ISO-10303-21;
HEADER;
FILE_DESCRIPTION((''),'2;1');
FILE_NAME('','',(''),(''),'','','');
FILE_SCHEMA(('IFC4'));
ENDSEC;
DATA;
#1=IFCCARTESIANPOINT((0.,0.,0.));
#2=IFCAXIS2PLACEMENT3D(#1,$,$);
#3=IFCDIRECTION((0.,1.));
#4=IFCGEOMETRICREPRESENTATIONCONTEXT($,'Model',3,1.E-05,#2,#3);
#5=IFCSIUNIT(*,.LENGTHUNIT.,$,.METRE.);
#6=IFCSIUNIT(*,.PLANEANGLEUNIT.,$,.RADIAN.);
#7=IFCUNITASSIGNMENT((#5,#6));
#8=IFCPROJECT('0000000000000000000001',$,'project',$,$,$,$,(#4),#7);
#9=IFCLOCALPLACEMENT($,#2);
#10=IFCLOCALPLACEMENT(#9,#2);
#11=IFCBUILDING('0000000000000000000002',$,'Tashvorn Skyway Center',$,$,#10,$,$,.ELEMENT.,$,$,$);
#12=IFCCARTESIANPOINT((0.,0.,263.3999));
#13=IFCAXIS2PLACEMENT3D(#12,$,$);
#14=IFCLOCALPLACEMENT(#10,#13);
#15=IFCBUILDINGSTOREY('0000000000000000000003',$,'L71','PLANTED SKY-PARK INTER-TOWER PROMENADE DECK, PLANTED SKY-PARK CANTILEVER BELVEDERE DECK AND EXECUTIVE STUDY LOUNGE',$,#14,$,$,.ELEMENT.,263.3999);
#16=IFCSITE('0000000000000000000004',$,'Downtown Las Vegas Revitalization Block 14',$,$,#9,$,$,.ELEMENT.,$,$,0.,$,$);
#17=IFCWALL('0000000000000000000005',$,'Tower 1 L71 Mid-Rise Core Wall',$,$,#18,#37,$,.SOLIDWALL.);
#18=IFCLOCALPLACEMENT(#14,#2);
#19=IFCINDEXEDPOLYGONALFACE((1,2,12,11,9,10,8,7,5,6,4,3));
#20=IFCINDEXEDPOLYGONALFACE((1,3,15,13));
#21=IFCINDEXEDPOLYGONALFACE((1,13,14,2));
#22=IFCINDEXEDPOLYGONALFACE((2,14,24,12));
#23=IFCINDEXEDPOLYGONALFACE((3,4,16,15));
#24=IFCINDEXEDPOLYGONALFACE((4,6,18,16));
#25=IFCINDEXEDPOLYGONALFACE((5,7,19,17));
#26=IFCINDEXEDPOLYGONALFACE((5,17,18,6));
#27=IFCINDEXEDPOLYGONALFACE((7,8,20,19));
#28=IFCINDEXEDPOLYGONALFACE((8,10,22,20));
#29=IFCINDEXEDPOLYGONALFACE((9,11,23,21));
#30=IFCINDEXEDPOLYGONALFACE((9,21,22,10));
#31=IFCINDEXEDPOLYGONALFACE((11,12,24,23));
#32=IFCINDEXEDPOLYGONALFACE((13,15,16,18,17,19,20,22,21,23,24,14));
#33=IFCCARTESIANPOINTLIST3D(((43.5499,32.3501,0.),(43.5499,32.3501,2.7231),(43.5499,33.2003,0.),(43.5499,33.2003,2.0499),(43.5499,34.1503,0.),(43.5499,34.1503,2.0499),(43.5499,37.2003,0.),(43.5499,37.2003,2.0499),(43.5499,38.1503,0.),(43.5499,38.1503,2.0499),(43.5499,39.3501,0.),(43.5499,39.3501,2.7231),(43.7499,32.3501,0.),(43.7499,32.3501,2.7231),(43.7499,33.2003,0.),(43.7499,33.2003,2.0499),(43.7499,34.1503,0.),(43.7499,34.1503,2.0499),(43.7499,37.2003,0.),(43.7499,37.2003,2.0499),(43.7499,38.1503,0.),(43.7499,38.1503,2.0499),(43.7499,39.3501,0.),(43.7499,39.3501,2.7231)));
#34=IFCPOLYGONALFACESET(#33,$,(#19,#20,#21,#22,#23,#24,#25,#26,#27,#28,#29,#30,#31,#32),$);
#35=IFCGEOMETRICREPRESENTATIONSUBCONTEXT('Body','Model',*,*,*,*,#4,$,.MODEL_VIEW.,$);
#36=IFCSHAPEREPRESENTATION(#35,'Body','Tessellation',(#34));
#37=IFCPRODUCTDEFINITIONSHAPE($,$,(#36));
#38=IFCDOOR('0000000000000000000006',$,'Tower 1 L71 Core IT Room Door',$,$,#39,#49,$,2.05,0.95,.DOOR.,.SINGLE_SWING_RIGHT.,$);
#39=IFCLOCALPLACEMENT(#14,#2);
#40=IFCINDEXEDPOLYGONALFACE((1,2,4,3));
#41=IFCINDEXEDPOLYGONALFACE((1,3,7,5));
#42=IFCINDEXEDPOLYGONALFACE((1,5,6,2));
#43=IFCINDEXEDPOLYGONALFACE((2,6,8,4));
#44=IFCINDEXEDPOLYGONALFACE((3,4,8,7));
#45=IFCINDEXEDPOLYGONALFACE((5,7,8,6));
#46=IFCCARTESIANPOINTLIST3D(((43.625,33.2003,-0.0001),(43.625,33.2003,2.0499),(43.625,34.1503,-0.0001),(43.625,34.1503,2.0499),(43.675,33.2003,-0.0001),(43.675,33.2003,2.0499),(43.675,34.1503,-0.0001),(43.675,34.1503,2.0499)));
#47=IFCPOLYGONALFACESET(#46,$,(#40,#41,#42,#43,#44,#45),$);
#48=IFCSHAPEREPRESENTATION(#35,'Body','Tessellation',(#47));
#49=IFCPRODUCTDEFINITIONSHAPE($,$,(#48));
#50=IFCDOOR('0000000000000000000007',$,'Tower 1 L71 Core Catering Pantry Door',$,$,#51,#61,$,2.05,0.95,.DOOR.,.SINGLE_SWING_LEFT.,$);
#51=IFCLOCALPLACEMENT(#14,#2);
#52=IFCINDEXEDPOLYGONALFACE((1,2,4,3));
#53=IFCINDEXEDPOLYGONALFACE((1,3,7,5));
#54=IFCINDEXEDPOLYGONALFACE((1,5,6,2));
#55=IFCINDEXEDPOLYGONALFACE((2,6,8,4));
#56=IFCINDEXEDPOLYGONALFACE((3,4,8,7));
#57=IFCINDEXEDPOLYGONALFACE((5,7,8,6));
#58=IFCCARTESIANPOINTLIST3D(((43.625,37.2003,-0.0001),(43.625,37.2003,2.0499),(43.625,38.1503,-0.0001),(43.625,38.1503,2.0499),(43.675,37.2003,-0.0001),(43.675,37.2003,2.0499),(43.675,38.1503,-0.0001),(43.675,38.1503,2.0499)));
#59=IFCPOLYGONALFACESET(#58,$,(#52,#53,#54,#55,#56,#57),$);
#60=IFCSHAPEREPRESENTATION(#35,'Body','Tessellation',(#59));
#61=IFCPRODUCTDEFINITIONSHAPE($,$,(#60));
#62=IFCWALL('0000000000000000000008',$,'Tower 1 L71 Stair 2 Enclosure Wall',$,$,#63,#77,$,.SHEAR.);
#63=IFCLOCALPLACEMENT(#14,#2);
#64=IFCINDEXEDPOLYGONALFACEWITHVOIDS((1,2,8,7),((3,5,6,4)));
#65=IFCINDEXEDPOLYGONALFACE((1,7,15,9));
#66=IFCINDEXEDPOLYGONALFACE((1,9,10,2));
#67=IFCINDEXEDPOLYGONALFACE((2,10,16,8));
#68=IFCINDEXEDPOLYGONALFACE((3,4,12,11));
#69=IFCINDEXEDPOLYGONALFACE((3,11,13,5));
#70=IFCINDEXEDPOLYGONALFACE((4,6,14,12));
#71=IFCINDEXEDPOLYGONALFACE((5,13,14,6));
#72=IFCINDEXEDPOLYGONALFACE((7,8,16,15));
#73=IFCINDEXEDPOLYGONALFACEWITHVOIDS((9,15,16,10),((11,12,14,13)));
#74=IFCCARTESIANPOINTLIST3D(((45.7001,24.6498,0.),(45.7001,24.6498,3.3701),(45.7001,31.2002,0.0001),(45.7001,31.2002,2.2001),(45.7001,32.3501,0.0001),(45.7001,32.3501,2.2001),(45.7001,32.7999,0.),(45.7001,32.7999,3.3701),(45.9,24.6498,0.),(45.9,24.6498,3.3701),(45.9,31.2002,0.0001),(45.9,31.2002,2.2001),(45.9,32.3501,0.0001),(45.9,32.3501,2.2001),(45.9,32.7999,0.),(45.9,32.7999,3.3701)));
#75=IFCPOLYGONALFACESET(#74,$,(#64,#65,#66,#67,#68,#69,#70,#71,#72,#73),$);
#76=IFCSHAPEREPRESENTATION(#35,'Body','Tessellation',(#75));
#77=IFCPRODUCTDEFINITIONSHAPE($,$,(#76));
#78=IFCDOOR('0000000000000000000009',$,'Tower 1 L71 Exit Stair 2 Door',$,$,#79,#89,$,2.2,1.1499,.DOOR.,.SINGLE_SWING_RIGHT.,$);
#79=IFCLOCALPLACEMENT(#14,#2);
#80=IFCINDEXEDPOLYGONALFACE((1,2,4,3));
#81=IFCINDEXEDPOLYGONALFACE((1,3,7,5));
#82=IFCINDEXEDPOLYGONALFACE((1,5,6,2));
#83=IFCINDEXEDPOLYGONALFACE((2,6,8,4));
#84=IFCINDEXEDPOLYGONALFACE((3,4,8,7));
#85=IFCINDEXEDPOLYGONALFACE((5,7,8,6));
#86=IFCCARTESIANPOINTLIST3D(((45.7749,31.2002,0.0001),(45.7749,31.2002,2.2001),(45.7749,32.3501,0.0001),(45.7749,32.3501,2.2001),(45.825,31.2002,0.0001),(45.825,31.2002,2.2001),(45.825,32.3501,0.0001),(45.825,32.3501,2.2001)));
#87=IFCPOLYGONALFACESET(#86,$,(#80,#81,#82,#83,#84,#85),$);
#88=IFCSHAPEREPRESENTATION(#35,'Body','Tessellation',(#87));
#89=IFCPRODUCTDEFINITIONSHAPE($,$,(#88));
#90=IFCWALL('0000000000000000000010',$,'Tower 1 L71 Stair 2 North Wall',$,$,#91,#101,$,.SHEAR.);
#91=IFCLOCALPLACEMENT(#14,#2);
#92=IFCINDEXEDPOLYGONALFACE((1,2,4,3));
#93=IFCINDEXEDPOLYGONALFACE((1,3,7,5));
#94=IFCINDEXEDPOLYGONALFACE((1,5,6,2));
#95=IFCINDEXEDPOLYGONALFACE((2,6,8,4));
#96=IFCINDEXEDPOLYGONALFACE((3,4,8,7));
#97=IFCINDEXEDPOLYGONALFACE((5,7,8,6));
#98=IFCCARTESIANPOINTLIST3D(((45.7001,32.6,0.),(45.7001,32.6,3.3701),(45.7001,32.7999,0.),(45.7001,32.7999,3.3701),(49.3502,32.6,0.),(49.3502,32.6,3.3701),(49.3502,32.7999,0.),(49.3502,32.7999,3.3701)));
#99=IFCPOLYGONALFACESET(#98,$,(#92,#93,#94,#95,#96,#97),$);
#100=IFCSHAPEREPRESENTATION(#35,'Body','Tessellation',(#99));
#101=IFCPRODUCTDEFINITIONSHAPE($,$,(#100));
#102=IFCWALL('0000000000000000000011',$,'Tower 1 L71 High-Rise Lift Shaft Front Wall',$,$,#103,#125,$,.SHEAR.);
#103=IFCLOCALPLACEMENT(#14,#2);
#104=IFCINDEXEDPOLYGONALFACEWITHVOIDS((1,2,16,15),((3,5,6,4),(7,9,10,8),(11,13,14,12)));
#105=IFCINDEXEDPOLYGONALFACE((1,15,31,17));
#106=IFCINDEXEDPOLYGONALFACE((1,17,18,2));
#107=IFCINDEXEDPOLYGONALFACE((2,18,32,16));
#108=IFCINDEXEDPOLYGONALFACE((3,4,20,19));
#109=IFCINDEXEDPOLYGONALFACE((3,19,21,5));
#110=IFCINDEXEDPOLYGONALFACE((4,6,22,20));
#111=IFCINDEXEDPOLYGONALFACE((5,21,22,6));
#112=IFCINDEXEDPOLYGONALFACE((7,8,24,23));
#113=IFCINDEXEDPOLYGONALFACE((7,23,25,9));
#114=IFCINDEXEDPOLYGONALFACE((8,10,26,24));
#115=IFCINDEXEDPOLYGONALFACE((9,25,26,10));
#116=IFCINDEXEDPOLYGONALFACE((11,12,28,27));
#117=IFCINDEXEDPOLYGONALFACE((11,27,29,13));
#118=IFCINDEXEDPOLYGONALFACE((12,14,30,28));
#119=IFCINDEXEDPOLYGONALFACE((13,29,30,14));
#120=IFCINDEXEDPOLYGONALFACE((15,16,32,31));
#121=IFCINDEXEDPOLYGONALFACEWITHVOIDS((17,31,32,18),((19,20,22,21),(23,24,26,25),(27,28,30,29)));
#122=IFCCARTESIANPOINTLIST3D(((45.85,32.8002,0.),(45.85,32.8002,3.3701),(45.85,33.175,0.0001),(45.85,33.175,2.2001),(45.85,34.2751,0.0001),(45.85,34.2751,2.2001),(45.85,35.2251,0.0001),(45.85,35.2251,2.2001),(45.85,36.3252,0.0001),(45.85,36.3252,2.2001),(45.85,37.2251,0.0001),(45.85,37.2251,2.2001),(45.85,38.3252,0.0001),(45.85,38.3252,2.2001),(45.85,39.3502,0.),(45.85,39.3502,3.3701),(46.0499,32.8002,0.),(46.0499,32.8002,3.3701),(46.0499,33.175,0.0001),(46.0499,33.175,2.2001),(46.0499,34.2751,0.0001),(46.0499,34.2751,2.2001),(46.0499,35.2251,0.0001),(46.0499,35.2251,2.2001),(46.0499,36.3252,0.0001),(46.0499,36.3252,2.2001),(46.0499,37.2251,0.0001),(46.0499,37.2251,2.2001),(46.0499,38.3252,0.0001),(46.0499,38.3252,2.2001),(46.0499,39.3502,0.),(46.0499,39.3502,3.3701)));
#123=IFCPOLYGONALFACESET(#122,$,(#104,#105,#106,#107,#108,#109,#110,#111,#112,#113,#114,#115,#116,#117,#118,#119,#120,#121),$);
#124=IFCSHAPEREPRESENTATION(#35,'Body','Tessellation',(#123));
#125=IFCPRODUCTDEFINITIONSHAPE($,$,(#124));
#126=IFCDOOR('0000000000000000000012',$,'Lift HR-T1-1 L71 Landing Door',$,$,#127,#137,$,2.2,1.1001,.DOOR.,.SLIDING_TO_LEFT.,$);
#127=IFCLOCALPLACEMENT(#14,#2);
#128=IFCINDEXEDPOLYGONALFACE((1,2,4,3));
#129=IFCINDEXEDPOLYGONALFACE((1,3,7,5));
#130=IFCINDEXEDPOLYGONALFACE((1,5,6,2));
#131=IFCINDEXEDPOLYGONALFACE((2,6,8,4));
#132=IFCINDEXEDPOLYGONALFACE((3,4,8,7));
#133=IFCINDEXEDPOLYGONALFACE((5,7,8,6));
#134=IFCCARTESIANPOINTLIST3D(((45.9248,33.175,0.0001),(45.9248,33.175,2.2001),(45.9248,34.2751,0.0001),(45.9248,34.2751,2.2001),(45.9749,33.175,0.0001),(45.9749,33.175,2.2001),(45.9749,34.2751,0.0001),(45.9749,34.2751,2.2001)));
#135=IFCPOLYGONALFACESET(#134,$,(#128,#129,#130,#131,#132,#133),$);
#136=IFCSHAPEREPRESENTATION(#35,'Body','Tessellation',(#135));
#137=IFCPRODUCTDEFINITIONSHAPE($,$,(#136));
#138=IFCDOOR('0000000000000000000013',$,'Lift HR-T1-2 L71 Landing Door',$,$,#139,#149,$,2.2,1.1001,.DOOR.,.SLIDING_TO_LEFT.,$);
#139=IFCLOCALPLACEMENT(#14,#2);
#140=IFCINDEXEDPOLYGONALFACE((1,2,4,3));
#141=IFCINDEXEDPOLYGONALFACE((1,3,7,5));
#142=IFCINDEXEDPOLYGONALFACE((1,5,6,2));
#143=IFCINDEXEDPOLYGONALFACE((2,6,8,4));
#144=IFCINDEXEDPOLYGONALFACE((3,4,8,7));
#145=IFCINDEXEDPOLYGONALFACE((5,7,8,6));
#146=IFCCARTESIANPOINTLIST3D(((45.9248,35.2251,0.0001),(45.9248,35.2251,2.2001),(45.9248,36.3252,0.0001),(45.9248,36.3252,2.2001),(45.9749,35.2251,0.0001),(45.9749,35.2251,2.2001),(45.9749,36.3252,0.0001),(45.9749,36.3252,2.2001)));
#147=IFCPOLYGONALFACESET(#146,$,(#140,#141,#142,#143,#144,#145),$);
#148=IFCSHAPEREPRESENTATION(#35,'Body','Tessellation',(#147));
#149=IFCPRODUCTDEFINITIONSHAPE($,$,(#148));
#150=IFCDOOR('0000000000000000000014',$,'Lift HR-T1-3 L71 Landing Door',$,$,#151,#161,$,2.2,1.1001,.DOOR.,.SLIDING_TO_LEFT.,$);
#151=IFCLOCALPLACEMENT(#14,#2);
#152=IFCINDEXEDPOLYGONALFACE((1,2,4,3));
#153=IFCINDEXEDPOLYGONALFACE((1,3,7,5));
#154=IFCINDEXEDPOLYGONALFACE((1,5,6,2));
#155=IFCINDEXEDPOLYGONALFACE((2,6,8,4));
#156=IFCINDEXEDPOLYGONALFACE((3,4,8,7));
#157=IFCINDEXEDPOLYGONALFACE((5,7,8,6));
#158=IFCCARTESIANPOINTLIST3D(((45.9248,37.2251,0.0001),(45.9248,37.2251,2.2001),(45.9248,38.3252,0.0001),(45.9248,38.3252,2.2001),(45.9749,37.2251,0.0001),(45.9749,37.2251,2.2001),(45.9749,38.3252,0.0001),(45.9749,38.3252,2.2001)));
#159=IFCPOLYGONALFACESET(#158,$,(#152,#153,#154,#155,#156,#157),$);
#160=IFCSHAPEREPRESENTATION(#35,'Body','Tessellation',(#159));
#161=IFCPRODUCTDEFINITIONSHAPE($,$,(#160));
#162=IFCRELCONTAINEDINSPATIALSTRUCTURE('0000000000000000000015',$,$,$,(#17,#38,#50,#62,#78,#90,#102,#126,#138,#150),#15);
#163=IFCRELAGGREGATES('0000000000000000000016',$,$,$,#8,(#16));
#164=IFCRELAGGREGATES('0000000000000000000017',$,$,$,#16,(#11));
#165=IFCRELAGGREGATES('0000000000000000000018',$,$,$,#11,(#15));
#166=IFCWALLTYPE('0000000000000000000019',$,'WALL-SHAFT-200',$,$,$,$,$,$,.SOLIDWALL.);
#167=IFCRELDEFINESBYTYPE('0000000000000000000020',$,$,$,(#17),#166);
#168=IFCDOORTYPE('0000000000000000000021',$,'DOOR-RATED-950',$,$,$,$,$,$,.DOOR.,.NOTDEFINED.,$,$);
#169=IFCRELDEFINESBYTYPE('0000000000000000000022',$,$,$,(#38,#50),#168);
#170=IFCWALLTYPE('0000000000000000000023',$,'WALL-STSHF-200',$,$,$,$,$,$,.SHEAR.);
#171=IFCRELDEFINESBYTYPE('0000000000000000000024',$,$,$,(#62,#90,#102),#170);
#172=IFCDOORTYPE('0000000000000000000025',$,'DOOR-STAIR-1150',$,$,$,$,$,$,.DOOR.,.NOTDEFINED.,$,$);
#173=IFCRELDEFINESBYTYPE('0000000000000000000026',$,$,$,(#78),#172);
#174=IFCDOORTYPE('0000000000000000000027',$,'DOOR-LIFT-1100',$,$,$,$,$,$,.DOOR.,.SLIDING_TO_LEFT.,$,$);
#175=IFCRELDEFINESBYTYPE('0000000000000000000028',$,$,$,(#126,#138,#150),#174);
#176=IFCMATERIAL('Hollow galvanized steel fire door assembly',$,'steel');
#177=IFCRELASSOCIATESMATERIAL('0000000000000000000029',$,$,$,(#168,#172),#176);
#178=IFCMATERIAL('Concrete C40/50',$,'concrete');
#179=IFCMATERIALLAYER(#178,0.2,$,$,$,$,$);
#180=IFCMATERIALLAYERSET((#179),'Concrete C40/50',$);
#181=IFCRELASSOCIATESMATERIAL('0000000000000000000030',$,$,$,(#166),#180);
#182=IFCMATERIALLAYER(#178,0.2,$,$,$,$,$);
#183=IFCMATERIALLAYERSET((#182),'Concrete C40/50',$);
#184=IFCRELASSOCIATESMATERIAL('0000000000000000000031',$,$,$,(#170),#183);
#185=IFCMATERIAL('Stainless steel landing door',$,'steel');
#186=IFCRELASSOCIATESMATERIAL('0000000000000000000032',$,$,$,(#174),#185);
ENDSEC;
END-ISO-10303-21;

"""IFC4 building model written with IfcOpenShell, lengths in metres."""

from ifc_helpers import new_model, si_unit, direction, frame, frame_2d, origin, place, context, subcontext, project, spatial, rectangle, extrude, material, layer, layer_set, type_object, element, fill, save


model = new_model("IFC4")

# Units and contexts
model_context = context("Model", 3, precision=1e-05, world=origin(), true_north=direction((0.0, 1.0)))
body_context = subcontext(model_context, "Body", "Model", "MODEL_VIEW")
ifc_project = project(units=[si_unit("LENGTHUNIT", "METRE"), si_unit("PLANEANGLEUNIT", "RADIAN")], contexts=[model_context])

# Site, building, storey
site_placement = place(None, origin())
site = spatial("IfcSite", under=ifc_project, at=site_placement, Name="Downtown Las Vegas Revitalization Block 14", CompositionType="ELEMENT", RefElevation=0.0)
building_placement = place(site_placement, origin())
building = spatial("IfcBuilding", under=site, at=building_placement, Name="Tashvorn Skyway Center", CompositionType="ELEMENT")
storey_placement = place(building_placement, frame((0.0, 0.0, 263.3999)))
storey = spatial("IfcBuildingStorey", under=building, at=storey_placement, Name="L71", Description="PLANTED SKY-PARK INTER-TOWER PROMENADE DECK, PLANTED SKY-PARK CANTILEVER BELVEDERE DECK AND EXECUTIVE STUDY LOUNGE", CompositionType="ELEMENT", Elevation=263.3999)

# Shared definitions
ifc_material_1 = material(Name="Hollow galvanized steel fire door assembly", Category="steel")
door_type_1 = type_object("IfcDoorType", Name="DOOR-RATED-950", OperationType="NOTDEFINED", PredefinedType="DOOR", material=ifc_material_1)

# Shared definitions
ifc_material_2 = material(Name="Concrete C40/50", Category="concrete")
ifc_layer_1 = layer(ifc_material_2, 0.2)
ifc_layer_set_1 = layer_set([ifc_layer_1], Name="Concrete C40/50")
wall_type_1 = type_object("IfcWallType", Name="WALL-SHAFT-200", PredefinedType="SOLIDWALL", material=ifc_layer_set_1)

# Wall, openings, doors
wall_1_placement = place(storey_placement, frame((43.6499, 32.3501, 0.0), z_axis=(0.0, 0.0, 1.0), x_axis=(0.0, 1.0, 0.0)))
wall_1 = element("IfcWall", 1, at=wall_1_placement, inside=storey, type_object=wall_type_1, Name="Tower 1 L71 Mid-Rise Core Wall", PredefinedType="SOLIDWALL", context=body_context, shape_type="SweptSolid", body=[
    extrude(rectangle(XDim=7.0, YDim=0.2, at=frame_2d((3.5, 0.0))), origin(), (0.0, 0.0, 1.0), 2.7231),
])
opening_1_placement = place(wall_1_placement, frame((0.8501, 0.0, 0.0)))
opening_1 = element("IfcOpeningElement", 2, at=opening_1_placement, cuts=wall_1, PredefinedType="OPENING", context=body_context, shape_type="SweptSolid", body=[
    extrude(rectangle(XDim=0.95, YDim=2.05, at=frame_2d((0.4751, 1.0249))), frame((0.0, 0.1099, 0.0), z_axis=(0.0, -1.0, 0.0), x_axis=(1.0, 0.0, 0.0)), (0.0, 0.0, 1.0), 0.22),
])
opening_2_placement = place(wall_1_placement, frame((4.8501, 0.0, 0.0)))
opening_2 = element("IfcOpeningElement", 3, at=opening_2_placement, cuts=wall_1, PredefinedType="OPENING", context=body_context, shape_type="SweptSolid", body=[
    extrude(rectangle(XDim=0.95, YDim=2.05, at=frame_2d((0.4751, 1.0249))), frame((0.0, 0.1099, 0.0), z_axis=(0.0, -1.0, 0.0), x_axis=(1.0, 0.0, 0.0)), (0.0, 0.0, 1.0), 0.22),
])
door_1_placement = place(opening_1_placement, origin())
door_1 = element("IfcDoor", 4, at=door_1_placement, inside=storey, type_object=door_type_1, Name="Tower 1 L71 Core IT Room Door", OperationType="SINGLE_SWING_RIGHT", OverallHeight=2.05, OverallWidth=0.95, PredefinedType="DOOR", context=body_context, shape_type="SweptSolid", body=[
    extrude(rectangle(XDim=0.95, YDim=2.05, at=frame_2d((0.4751, 1.0249))), frame((0.0, 0.0249, 0.0), z_axis=(0.0, -1.0, 0.0), x_axis=(1.0, 0.0, 0.0)), (0.0, 0.0, 1.0), 0.05),
])
fill(opening_1, door_1)
door_2_placement = place(opening_2_placement, origin())
door_2 = element("IfcDoor", 5, at=door_2_placement, inside=storey, type_object=door_type_1, Name="Tower 1 L71 Core Catering Pantry Door", OperationType="SINGLE_SWING_LEFT", OverallHeight=2.05, OverallWidth=0.95, PredefinedType="DOOR", context=body_context, shape_type="SweptSolid", body=[
    extrude(rectangle(XDim=0.95, YDim=2.05, at=frame_2d((0.4751, 1.0249))), frame((0.0, 0.0249, 0.0), z_axis=(0.0, -1.0, 0.0), x_axis=(1.0, 0.0, 0.0)), (0.0, 0.0, 1.0), 0.05),
])
fill(opening_2, door_2)

# Wall, opening, door
ifc_layer_2 = layer(ifc_material_2, 0.2)
ifc_layer_set_2 = layer_set([ifc_layer_2], Name="Concrete C40/50")
wall_type_2 = type_object("IfcWallType", Name="WALL-STSHF-200", PredefinedType="SHEAR", material=ifc_layer_set_2)
wall_2_placement = place(storey_placement, frame((45.8, 32.8, 0.0), z_axis=(0.0, 0.0, 1.0), x_axis=(0.0, -1.0, 0.0)))
wall_2 = element("IfcWall", 6, at=wall_2_placement, inside=storey, type_object=wall_type_2, Name="Tower 1 L71 Stair 2 Enclosure Wall", PredefinedType="SHEAR", context=body_context, shape_type="SweptSolid", body=[
    extrude(rectangle(XDim=8.1501, YDim=0.2, at=frame_2d((4.0752, 0.0))), origin(), (0.0, 0.0, 1.0), 3.3701),
])
opening_3_placement = place(wall_2_placement, frame((0.45, 0.0, 0.0)))
opening_3 = element("IfcOpeningElement", 7, at=opening_3_placement, cuts=wall_2, PredefinedType="OPENING", context=body_context, shape_type="SweptSolid", body=[
    extrude(rectangle(XDim=1.1499, YDim=2.2, at=frame_2d((0.575, 1.1001))), frame((0.0, 0.1099, 0.0), z_axis=(0.0, -1.0, 0.0), x_axis=(1.0, 0.0, 0.0)), (0.0, 0.0, 1.0), 0.22),
])
door_type_2 = type_object("IfcDoorType", Name="DOOR-STAIR-1150", OperationType="NOTDEFINED", PredefinedType="DOOR", material=ifc_material_1)
door_3_placement = place(opening_3_placement, origin())
door_3 = element("IfcDoor", 8, at=door_3_placement, inside=storey, type_object=door_type_2, Name="Tower 1 L71 Exit Stair 2 Door", OperationType="SINGLE_SWING_RIGHT", OverallHeight=2.2, OverallWidth=1.1499, PredefinedType="DOOR", context=body_context, shape_type="SweptSolid", body=[
    extrude(rectangle(XDim=1.1499, YDim=2.2, at=frame_2d((0.575, 1.1001))), frame((0.0, 0.0249, 0.0), z_axis=(0.0, -1.0, 0.0), x_axis=(1.0, 0.0, 0.0)), (0.0, 0.0, 1.0), 0.05),
])
fill(opening_3, door_3)

# Wall
wall_3_placement = place(storey_placement, frame((45.7, 32.7, 0.0), z_axis=(0.0, 0.0, 1.0), x_axis=(1.0, 0.0, 0.0)))
element("IfcWall", 9, at=wall_3_placement, inside=storey, type_object=wall_type_2, Name="Tower 1 L71 Stair 2 North Wall", PredefinedType="SHEAR", context=body_context, shape_type="SweptSolid", body=[
    extrude(rectangle(XDim=3.6501, YDim=0.2, at=frame_2d((1.8252, 0.0))), origin(), (0.0, 0.0, 1.0), 3.3701),
])

# Wall, openings, doors
wall_4_placement = place(storey_placement, frame((45.95, 39.3501, 0.0), z_axis=(0.0, 0.0, 1.0), x_axis=(0.0, -1.0, 0.0)))
wall_4 = element("IfcWall", 10, at=wall_4_placement, inside=storey, type_object=wall_type_2, Name="Tower 1 L71 High-Rise Lift Shaft Front Wall", PredefinedType="SHEAR", context=body_context, shape_type="SweptSolid", body=[
    extrude(rectangle(XDim=6.55, YDim=0.2, at=frame_2d((3.2749, 0.0))), origin(), (0.0, 0.0, 1.0), 3.3701),
])
opening_4_placement = place(wall_4_placement, frame((5.075, 0.0, 0.0)))
opening_4 = element("IfcOpeningElement", 11, at=opening_4_placement, cuts=wall_4, PredefinedType="OPENING", context=body_context, shape_type="SweptSolid", body=[
    extrude(rectangle(XDim=1.1001, YDim=2.2, at=frame_2d((0.55, 1.1001))), frame((0.0, 0.1099, 0.0), z_axis=(0.0, -1.0, 0.0), x_axis=(1.0, 0.0, 0.0)), (0.0, 0.0, 1.0), 0.22),
])
opening_5_placement = place(wall_4_placement, frame((3.0249, 0.0, 0.0)))
opening_5 = element("IfcOpeningElement", 12, at=opening_5_placement, cuts=wall_4, PredefinedType="OPENING", context=body_context, shape_type="SweptSolid", body=[
    extrude(rectangle(XDim=1.1001, YDim=2.2, at=frame_2d((0.55, 1.1001))), frame((0.0, 0.1099, 0.0), z_axis=(0.0, -1.0, 0.0), x_axis=(1.0, 0.0, 0.0)), (0.0, 0.0, 1.0), 0.22),
])
opening_6_placement = place(wall_4_placement, frame((1.0249, 0.0, 0.0)))
opening_6 = element("IfcOpeningElement", 13, at=opening_6_placement, cuts=wall_4, PredefinedType="OPENING", context=body_context, shape_type="SweptSolid", body=[
    extrude(rectangle(XDim=1.1001, YDim=2.2, at=frame_2d((0.55, 1.1001))), frame((0.0, 0.1099, 0.0), z_axis=(0.0, -1.0, 0.0), x_axis=(1.0, 0.0, 0.0)), (0.0, 0.0, 1.0), 0.22),
])
ifc_material_3 = material(Name="Stainless steel landing door", Category="steel")
door_type_3 = type_object("IfcDoorType", Name="DOOR-LIFT-1100", OperationType="SLIDING_TO_LEFT", PredefinedType="DOOR", material=ifc_material_3)
door_4_placement = place(opening_4_placement, origin())
door_4 = element("IfcDoor", 14, at=door_4_placement, inside=storey, type_object=door_type_3, Name="Lift HR-T1-1 L71 Landing Door", OperationType="SLIDING_TO_LEFT", OverallHeight=2.2, OverallWidth=1.1001, PredefinedType="DOOR", context=body_context, shape_type="SweptSolid", body=[
    extrude(rectangle(XDim=1.1001, YDim=2.2, at=frame_2d((0.55, 1.1001))), frame((0.0, 0.0249, 0.0), z_axis=(0.0, -1.0, 0.0), x_axis=(1.0, 0.0, 0.0)), (0.0, 0.0, 1.0), 0.05),
])
fill(opening_4, door_4)
door_5_placement = place(opening_5_placement, origin())
door_5 = element("IfcDoor", 15, at=door_5_placement, inside=storey, type_object=door_type_3, Name="Lift HR-T1-2 L71 Landing Door", OperationType="SLIDING_TO_LEFT", OverallHeight=2.2, OverallWidth=1.1001, PredefinedType="DOOR", context=body_context, shape_type="SweptSolid", body=[
    extrude(rectangle(XDim=1.1001, YDim=2.2, at=frame_2d((0.55, 1.1001))), frame((0.0, 0.0249, 0.0), z_axis=(0.0, -1.0, 0.0), x_axis=(1.0, 0.0, 0.0)), (0.0, 0.0, 1.0), 0.05),
])
fill(opening_5, door_5)
door_6_placement = place(opening_6_placement, origin())
door_6 = element("IfcDoor", 16, at=door_6_placement, inside=storey, type_object=door_type_3, Name="Lift HR-T1-3 L71 Landing Door", OperationType="SLIDING_TO_LEFT", OverallHeight=2.2, OverallWidth=1.1001, PredefinedType="DOOR", context=body_context, shape_type="SweptSolid", body=[
    extrude(rectangle(XDim=1.1001, YDim=2.2, at=frame_2d((0.55, 1.1001))), frame((0.0, 0.0249, 0.0), z_axis=(0.0, -1.0, 0.0), x_axis=(1.0, 0.0, 0.0)), (0.0, 0.0, 1.0), 0.05),
])
fill(opening_6, door_6)

save(model, "model.ifc")
